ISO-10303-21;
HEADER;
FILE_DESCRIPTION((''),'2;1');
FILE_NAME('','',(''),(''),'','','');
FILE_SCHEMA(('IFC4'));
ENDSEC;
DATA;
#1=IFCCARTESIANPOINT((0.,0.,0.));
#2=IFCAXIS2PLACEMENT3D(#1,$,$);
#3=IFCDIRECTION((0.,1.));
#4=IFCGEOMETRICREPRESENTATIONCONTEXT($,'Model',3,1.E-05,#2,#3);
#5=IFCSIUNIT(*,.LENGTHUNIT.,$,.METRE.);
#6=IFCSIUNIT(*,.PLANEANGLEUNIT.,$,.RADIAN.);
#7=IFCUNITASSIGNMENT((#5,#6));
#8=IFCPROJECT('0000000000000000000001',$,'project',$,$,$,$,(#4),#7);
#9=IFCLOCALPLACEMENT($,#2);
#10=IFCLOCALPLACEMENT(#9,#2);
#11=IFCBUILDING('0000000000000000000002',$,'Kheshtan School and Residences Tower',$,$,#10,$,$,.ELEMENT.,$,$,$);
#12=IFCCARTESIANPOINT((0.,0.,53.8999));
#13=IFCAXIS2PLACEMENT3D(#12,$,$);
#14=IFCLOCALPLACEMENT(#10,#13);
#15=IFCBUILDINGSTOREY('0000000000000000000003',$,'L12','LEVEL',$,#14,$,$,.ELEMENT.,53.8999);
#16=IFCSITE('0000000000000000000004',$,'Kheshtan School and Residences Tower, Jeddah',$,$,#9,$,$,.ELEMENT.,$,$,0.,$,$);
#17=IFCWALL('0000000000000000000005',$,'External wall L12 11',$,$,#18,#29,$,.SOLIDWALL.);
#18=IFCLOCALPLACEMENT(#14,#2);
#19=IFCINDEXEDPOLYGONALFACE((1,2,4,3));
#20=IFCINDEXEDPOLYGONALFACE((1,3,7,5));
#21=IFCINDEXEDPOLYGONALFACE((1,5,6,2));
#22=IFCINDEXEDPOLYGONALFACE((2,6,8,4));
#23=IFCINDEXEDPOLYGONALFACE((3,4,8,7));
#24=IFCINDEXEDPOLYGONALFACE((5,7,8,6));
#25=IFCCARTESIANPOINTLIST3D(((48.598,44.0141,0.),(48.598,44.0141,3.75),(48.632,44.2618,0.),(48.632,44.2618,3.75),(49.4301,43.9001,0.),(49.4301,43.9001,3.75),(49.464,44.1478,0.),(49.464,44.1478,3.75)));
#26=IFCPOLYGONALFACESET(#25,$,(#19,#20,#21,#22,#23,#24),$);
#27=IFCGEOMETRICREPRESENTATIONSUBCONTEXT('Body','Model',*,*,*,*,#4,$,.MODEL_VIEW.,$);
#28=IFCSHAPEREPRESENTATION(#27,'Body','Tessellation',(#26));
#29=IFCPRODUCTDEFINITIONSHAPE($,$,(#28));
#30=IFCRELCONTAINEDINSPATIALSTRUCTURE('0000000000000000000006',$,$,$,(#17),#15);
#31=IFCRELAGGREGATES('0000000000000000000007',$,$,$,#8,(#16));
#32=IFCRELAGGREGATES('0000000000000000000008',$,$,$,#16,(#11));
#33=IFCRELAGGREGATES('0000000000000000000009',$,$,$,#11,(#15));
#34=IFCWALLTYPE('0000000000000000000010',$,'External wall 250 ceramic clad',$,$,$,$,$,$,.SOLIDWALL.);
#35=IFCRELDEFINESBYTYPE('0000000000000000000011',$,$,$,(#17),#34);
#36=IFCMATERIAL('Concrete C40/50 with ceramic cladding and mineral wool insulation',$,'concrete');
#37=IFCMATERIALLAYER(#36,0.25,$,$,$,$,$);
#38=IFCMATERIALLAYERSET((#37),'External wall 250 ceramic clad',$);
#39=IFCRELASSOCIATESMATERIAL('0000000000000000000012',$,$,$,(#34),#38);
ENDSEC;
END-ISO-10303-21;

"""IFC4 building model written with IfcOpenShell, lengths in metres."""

from ifc_helpers import new_model, si_unit, direction, frame, frame_2d, origin, place, context, subcontext, project, spatial, rectangle, extrude, material, layer, layer_set, type_object, element, save


model = new_model("IFC4")

# Units and contexts
model_context = context("Model", 3, precision=1e-05, world=origin(), true_north=direction((0.0, 1.0)))
body_context = subcontext(model_context, "Body", "Model", "MODEL_VIEW")
ifc_project = project(units=[si_unit("LENGTHUNIT", "METRE"), si_unit("PLANEANGLEUNIT", "RADIAN")], contexts=[model_context])

# Site, building, storey
site_placement = place(None, origin())
site = spatial("IfcSite", under=ifc_project, at=site_placement, Name="Kheshtan School and Residences Tower, Jeddah", CompositionType="ELEMENT", RefElevation=0.0)
building_placement = place(site_placement, origin())
building = spatial("IfcBuilding", under=site, at=building_placement, Name="Kheshtan School and Residences Tower", CompositionType="ELEMENT")
storey_placement = place(building_placement, frame((0.0, 0.0, 53.8999)))
storey = spatial("IfcBuildingStorey", under=building, at=storey_placement, Name="L12", Description="LEVEL", CompositionType="ELEMENT", Elevation=53.8999)

# Wall
ifc_material_1 = material(Name="Concrete C40/50 with ceramic cladding and mineral wool insulation", Category="concrete")
ifc_layer_1 = layer(ifc_material_1, 0.25)
ifc_layer_set_1 = layer_set([ifc_layer_1], Name="External wall 250 ceramic clad")
wall_type = type_object("IfcWallType", Name="External wall 250 ceramic clad", PredefinedType="SOLIDWALL", material=ifc_layer_set_1)
wall_placement = place(storey_placement, frame((48.615, 44.1379, 0.0), z_axis=(0.0, 0.0, 1.0), x_axis=(0.990742, -0.135762, 0.0)))
element("IfcWall", 1, at=wall_placement, inside=storey, type_object=wall_type, Name="External wall L12 11", PredefinedType="SOLIDWALL", context=body_context, shape_type="SweptSolid", body=[
    extrude(rectangle(XDim=0.8398, YDim=0.25, at=frame_2d((0.4199, 0.0))), origin(), (0.0, 0.0, 1.0), 3.75),
])

save(model, "model.ifc")
